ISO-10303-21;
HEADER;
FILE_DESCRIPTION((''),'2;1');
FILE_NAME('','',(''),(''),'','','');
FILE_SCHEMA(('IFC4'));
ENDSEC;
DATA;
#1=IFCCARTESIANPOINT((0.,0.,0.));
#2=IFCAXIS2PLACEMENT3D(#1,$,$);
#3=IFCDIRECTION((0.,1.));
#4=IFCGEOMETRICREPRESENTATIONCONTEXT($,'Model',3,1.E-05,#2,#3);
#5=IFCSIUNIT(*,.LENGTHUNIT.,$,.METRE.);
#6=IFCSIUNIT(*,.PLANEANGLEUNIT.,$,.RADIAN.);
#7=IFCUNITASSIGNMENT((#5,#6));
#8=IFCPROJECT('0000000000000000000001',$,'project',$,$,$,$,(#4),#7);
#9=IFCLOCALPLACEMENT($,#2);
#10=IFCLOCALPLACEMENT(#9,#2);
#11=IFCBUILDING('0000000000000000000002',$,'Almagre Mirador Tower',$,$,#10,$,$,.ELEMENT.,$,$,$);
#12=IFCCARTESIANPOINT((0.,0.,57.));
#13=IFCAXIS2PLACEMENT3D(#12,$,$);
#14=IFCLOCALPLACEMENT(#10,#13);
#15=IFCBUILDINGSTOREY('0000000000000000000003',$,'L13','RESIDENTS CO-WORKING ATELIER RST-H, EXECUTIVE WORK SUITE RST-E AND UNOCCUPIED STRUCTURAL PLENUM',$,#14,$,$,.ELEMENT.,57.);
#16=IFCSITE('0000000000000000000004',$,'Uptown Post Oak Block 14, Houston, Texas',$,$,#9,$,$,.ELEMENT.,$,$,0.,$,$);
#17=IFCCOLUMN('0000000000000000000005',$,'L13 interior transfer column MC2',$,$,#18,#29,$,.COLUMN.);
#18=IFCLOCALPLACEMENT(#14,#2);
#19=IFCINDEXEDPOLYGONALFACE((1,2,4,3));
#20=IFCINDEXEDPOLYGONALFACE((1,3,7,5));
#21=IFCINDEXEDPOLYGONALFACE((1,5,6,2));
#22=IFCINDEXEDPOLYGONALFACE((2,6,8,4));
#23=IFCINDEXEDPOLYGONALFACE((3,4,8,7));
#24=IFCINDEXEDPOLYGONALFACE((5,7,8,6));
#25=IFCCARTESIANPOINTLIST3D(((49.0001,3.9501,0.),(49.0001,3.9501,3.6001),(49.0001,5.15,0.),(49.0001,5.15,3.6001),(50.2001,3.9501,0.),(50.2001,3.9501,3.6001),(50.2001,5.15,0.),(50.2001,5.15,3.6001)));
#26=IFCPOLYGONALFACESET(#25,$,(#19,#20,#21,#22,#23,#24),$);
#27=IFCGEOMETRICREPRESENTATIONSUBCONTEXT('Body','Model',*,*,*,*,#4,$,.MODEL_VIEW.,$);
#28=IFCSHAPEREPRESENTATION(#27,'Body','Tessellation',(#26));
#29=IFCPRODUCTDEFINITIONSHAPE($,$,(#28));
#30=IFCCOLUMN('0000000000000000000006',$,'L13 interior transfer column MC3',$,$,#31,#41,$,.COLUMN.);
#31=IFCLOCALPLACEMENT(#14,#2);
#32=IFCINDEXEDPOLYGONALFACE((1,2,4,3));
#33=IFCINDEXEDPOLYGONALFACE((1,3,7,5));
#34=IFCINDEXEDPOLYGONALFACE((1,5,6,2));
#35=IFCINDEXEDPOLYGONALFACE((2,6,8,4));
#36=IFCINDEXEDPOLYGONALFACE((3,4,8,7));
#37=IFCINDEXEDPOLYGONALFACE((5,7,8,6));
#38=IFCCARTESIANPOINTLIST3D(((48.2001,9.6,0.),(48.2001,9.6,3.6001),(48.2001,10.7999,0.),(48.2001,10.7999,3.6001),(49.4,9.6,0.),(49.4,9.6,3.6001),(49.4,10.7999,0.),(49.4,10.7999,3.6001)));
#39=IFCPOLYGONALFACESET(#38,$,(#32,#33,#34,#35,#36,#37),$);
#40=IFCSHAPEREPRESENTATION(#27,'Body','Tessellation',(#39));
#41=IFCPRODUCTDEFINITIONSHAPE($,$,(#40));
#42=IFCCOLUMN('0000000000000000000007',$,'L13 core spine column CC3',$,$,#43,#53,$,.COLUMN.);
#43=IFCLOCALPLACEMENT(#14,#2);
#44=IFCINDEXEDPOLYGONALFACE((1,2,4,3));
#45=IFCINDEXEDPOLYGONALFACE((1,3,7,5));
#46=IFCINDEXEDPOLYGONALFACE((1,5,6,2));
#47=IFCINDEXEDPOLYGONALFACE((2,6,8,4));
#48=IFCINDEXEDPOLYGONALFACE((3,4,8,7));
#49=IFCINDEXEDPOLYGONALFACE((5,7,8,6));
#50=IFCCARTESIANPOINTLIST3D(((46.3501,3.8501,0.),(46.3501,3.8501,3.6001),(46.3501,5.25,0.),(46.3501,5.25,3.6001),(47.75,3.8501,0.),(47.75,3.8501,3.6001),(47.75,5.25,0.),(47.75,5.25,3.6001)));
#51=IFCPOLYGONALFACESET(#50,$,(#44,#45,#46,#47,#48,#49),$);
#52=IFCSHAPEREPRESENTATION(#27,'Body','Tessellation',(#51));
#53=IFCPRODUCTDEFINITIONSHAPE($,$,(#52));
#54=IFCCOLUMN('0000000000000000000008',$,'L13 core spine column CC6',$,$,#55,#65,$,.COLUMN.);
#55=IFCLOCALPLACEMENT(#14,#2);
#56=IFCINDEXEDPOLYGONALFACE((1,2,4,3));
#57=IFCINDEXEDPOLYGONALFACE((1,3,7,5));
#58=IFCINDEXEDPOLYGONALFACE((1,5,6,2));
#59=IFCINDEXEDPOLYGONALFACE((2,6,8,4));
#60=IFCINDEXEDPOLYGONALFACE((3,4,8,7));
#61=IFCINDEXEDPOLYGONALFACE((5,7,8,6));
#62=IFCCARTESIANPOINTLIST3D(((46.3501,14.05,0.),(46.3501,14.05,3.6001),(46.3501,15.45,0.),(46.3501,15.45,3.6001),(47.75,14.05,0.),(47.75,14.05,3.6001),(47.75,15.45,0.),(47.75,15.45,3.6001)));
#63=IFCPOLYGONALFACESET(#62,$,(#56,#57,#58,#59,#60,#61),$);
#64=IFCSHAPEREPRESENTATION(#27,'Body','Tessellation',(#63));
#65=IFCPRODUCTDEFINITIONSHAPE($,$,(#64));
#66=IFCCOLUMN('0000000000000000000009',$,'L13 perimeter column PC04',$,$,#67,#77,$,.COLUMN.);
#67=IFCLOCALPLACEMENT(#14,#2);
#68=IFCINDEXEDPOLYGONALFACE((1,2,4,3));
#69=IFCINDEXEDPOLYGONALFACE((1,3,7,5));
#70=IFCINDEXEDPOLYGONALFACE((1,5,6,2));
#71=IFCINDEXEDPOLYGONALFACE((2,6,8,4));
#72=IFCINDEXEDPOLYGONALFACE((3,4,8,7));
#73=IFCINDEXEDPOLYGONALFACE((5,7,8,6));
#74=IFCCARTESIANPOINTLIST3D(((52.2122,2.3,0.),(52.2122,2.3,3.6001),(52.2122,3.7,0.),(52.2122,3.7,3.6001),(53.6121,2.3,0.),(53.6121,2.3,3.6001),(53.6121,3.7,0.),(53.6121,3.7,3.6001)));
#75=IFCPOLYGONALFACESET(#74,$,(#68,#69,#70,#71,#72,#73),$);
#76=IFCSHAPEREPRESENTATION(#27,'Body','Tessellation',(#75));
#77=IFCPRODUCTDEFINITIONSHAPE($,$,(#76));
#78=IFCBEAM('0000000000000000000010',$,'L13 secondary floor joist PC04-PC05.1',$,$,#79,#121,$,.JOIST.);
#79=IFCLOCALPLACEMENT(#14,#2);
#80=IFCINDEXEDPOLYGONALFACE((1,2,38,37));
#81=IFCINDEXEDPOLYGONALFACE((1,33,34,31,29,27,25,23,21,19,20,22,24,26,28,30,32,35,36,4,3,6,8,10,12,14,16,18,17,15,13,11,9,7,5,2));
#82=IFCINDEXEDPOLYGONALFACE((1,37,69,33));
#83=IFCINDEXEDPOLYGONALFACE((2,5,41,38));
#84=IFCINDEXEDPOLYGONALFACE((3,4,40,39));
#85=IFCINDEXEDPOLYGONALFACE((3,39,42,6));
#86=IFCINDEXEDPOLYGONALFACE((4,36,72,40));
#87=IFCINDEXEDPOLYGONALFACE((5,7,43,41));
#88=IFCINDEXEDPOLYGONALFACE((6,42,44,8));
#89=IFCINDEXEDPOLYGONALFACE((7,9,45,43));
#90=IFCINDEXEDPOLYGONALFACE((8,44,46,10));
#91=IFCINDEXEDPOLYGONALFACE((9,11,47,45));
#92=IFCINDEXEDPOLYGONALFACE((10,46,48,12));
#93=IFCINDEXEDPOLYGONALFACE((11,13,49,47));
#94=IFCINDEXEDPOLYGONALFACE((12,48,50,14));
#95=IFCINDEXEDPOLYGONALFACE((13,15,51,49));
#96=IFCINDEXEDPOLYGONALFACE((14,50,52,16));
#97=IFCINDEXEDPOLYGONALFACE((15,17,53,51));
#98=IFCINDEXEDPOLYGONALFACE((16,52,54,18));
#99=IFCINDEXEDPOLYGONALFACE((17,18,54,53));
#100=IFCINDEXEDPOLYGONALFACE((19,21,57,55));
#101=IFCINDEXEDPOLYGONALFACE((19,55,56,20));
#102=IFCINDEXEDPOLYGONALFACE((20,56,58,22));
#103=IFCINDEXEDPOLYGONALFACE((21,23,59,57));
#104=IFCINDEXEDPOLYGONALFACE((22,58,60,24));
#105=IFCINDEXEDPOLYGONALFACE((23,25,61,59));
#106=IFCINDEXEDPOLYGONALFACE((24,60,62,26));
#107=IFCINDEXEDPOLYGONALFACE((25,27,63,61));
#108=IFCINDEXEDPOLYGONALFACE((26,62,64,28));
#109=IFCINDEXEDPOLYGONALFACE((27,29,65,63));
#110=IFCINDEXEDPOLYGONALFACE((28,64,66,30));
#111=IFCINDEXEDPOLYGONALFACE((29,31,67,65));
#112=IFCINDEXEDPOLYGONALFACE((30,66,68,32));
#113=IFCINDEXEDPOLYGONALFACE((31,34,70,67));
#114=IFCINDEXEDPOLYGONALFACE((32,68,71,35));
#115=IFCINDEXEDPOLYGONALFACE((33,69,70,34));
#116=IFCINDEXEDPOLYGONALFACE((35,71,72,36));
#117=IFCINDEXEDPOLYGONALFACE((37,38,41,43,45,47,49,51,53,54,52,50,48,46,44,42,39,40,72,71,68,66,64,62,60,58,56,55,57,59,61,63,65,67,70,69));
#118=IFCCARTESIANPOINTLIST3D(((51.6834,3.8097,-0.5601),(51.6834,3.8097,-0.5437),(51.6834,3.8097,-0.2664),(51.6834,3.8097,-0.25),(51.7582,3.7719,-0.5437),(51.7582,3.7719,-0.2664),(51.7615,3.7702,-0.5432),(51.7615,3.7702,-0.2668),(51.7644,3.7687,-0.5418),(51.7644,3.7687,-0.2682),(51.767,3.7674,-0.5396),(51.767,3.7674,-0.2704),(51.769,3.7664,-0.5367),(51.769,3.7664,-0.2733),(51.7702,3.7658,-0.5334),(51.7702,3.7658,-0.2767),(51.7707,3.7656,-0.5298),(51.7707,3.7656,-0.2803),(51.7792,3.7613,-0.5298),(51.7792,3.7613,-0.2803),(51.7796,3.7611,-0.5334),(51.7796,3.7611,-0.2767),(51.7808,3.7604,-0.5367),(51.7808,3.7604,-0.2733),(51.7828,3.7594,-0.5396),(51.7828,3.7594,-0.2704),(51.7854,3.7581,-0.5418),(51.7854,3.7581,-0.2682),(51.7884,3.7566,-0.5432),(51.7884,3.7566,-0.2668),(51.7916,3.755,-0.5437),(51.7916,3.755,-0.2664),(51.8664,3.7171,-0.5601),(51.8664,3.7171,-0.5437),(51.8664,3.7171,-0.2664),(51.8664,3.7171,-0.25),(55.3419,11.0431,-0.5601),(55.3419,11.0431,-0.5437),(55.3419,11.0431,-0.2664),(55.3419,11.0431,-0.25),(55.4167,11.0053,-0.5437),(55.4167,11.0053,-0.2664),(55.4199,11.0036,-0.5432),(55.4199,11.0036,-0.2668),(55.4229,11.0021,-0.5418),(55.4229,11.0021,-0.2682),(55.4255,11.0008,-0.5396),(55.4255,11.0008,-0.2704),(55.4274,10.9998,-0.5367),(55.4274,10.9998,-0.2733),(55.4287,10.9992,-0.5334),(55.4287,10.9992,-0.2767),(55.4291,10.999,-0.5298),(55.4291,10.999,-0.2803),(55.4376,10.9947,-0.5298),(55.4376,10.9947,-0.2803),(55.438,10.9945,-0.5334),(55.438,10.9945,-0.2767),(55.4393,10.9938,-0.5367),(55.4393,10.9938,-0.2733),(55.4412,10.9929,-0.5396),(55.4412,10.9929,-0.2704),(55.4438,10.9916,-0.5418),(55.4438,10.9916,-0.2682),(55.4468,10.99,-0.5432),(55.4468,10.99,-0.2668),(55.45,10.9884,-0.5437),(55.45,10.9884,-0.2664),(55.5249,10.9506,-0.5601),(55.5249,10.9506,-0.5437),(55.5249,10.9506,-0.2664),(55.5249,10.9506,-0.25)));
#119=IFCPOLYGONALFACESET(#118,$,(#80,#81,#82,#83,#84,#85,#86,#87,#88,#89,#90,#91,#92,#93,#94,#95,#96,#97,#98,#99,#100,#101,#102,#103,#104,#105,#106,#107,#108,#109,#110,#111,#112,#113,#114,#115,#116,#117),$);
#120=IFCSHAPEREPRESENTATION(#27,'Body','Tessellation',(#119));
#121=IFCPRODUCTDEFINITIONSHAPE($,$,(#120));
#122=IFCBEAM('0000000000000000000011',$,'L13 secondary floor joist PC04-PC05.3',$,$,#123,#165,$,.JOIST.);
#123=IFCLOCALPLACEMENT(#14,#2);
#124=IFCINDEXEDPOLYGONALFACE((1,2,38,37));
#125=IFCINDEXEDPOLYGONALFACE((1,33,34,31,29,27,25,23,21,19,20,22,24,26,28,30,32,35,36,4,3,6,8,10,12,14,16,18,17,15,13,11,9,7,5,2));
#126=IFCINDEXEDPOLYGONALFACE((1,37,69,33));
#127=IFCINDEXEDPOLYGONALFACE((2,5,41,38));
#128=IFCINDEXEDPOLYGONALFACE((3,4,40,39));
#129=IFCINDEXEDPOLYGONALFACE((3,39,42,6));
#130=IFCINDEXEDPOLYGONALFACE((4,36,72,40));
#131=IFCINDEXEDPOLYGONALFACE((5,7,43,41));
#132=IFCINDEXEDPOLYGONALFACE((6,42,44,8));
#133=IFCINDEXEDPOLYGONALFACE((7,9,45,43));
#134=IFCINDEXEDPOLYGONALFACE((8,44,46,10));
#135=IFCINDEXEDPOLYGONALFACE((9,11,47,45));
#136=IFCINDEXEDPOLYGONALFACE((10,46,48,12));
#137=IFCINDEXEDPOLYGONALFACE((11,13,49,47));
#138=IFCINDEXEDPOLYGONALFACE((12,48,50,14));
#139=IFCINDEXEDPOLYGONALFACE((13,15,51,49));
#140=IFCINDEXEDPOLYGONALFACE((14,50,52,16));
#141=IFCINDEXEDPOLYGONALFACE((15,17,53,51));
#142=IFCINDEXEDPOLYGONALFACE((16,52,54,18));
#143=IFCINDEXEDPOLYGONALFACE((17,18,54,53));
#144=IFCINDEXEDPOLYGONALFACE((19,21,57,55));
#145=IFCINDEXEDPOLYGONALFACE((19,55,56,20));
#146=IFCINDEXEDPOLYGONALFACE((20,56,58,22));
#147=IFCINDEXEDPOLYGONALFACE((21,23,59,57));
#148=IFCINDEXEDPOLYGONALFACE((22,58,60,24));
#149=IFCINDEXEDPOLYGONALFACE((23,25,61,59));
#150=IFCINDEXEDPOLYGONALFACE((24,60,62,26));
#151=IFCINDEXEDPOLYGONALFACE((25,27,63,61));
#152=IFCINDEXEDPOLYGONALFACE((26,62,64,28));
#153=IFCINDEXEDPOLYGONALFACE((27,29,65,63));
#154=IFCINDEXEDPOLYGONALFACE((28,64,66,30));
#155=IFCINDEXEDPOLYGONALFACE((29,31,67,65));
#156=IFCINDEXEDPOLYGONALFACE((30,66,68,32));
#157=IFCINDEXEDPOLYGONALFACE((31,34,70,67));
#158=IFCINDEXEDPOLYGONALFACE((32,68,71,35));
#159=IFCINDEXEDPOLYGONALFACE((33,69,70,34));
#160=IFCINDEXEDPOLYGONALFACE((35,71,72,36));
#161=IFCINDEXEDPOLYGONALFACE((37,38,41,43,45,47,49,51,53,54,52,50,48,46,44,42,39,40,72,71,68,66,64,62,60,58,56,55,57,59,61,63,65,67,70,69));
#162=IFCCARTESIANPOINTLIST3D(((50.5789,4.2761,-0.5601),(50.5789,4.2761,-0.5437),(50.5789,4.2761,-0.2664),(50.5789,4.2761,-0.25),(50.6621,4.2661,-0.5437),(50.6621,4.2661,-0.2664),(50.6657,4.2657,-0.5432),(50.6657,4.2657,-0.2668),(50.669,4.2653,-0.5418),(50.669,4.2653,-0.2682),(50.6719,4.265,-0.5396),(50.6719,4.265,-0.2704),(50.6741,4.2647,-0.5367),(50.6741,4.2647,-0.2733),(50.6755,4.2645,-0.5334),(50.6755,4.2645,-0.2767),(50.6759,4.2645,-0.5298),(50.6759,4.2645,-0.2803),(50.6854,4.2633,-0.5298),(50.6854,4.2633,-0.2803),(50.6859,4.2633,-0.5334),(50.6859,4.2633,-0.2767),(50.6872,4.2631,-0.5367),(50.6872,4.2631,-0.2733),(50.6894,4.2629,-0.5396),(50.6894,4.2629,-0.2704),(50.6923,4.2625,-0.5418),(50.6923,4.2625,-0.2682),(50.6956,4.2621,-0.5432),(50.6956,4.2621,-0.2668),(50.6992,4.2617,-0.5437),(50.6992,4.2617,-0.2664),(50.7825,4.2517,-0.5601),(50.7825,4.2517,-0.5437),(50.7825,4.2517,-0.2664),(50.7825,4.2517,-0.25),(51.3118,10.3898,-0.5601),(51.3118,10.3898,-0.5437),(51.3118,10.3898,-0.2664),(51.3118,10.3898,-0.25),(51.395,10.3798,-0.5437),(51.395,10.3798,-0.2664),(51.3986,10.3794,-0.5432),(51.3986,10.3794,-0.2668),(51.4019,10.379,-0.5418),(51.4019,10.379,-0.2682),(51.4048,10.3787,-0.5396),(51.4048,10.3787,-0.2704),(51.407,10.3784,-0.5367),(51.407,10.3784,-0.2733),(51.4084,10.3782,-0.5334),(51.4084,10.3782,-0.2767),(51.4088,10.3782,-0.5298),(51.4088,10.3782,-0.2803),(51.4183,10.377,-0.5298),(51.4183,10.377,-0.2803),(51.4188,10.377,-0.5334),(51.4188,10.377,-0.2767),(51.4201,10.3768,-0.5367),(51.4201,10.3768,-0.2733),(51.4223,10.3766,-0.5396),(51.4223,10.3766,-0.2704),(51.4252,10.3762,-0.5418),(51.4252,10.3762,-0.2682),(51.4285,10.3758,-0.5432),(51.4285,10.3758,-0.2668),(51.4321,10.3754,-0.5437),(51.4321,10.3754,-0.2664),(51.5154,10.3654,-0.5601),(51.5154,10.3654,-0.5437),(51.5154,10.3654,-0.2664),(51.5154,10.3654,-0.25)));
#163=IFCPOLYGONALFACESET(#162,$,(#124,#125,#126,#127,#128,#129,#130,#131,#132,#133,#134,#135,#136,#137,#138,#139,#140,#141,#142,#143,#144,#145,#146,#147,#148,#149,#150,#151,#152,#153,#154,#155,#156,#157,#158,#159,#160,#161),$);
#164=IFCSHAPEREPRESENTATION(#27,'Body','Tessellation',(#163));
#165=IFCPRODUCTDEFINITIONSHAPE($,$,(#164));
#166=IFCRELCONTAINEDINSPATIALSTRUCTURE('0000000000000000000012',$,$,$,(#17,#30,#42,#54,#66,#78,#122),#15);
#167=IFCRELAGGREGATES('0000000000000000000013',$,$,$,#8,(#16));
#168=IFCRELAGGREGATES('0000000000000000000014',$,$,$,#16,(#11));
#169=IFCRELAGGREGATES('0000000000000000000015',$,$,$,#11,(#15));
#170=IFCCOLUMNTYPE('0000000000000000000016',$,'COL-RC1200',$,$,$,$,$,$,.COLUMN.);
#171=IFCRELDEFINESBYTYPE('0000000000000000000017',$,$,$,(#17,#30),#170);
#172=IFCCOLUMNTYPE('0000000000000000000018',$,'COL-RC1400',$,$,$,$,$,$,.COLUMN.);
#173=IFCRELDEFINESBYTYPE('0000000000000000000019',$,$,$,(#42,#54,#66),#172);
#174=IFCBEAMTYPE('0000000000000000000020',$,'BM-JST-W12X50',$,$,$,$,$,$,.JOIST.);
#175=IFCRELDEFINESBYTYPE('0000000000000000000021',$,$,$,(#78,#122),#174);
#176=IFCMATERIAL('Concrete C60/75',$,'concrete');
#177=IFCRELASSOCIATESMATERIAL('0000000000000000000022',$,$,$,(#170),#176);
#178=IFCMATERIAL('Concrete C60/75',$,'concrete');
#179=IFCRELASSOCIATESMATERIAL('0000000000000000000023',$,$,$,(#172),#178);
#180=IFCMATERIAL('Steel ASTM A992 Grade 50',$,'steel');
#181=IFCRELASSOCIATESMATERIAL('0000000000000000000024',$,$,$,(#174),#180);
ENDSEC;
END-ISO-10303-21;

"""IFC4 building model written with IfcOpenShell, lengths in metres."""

from ifc_helpers import new_model, si_unit, direction, frame, origin, origin_2d, place, context, subcontext, project, spatial, rectangle, i_section, extrude, material, material_profile, profile_set, type_object, element, save


model = new_model("IFC4")

# Units and contexts
model_context = context("Model", 3, precision=1e-05, world=origin(), true_north=direction((0.0, 1.0)))
body_context = subcontext(model_context, "Body", "Model", "MODEL_VIEW")
ifc_project = project(units=[si_unit("LENGTHUNIT", "METRE"), si_unit("PLANEANGLEUNIT", "RADIAN")], contexts=[model_context])

# Site, building, storey
site_placement = place(None, origin())
site = spatial("IfcSite", under=ifc_project, at=site_placement, Name="Uptown Post Oak Block 14, Houston, Texas", CompositionType="ELEMENT", RefElevation=0.0)
building_placement = place(site_placement, origin())
building = spatial("IfcBuilding", under=site, at=building_placement, Name="Almagre Mirador Tower", CompositionType="ELEMENT")
storey_placement = place(building_placement, frame((0.0, 0.0, 57.0)))
storey = spatial("IfcBuildingStorey", under=building, at=storey_placement, Name="L13", Description="RESIDENTS CO-WORKING ATELIER RST-H, EXECUTIVE WORK SUITE RST-E AND UNOCCUPIED STRUCTURAL PLENUM", CompositionType="ELEMENT", Elevation=57.0)

# Columns
ifc_material_1 = material(Name="Concrete C60/75", Category="concrete")
ifc_material_profile_1 = material_profile(ifc_material_1, rectangle(XDim=1.2, YDim=1.2, at=origin_2d()), Name="RC1200X1200")
ifc_profile_set_1 = profile_set([ifc_material_profile_1], Name="Concrete C60/75")
column_type_1 = type_object("IfcColumnType", Name="COL-RC1200", PredefinedType="COLUMN", material=ifc_profile_set_1)
for number, where, z_axis, x_axis, name in (
    (1, (49.6001, 4.55, 0.0), (0.0, 0.0, 1.0), (1.0, 0.0, 0.0), "L13 interior transfer column MC2"),
    (2, (48.8, 10.2, 0.0), (0.0, 0.0, 1.0), (1.0, 0.0, 0.0), "L13 interior transfer column MC3"),
):
    element("IfcColumn", number, at=place(storey_placement, frame(where, z_axis=z_axis, x_axis=x_axis)), inside=storey, type_object=column_type_1, Name=name, PredefinedType="COLUMN", context=body_context, shape_type="SweptSolid", body=[
        extrude(rectangle(XDim=1.2, YDim=1.2, at=origin_2d()), origin(), (0.0, 0.0, 1.0), 3.6001),
    ])
ifc_material_2 = material(Name="Concrete C60/75", Category="concrete")
ifc_material_profile_2 = material_profile(ifc_material_2, rectangle(XDim=1.3999, YDim=1.3999, at=origin_2d()), Name="RC1400X1400")
ifc_profile_set_2 = profile_set([ifc_material_profile_2], Name="Concrete C60/75")
column_type_2 = type_object("IfcColumnType", Name="COL-RC1400", PredefinedType="COLUMN", material=ifc_profile_set_2)
for number, where, z_axis, x_axis, name in (
    (3, (47.05, 4.55, 0.0), (0.0, 0.0, 1.0), (1.0, 0.0, 0.0), "L13 core spine column CC3"),
    (4, (47.05, 14.75, 0.0), (0.0, 0.0, 1.0), (1.0, 0.0, 0.0), "L13 core spine column CC6"),
    (5, (52.9121, 3.0, 0.0), (0.0, 0.0, 1.0), (1.0, 0.0, 0.0), "L13 perimeter column PC04"),
):
    element("IfcColumn", number, at=place(storey_placement, frame(where, z_axis=z_axis, x_axis=x_axis)), inside=storey, type_object=column_type_2, Name=name, PredefinedType="COLUMN", context=body_context, shape_type="SweptSolid", body=[
        extrude(rectangle(XDim=1.3999, YDim=1.3999, at=origin_2d()), origin(), (0.0, 0.0, 1.0), 3.6001),
    ])

# Beams
ifc_material_3 = material(Name="Steel ASTM A992 Grade 50", Category="steel")
ifc_material_profile_3 = material_profile(ifc_material_3, i_section(OverallWidth=0.2051, OverallDepth=0.3101, WebThickness=0.0095, FlangeThickness=0.0164, FilletRadius=0.0139, at=origin_2d()), Name="W12X50")
ifc_profile_set_3 = profile_set([ifc_material_profile_3], Name="Steel ASTM A992 Grade 50")
beam_type_1 = type_object("IfcBeamType", Name="BM-JST-W12X50", PredefinedType="JOIST", material=ifc_profile_set_3)
beam_1_placement = place(storey_placement, frame((51.7749, 3.7634, -0.405), z_axis=(0.451329, 0.892358, 0.0), x_axis=(-0.892358, 0.451329, 0.0)))
element("IfcBeam", 6, at=beam_1_placement, inside=storey, type_object=beam_type_1, Name="L13 secondary floor joist PC04-PC05.1", PredefinedType="JOIST", context=body_context, shape_type="SweptSolid", body=[
    extrude(i_section(OverallWidth=0.2051, OverallDepth=0.3101, WebThickness=0.0095, FlangeThickness=0.0164, FilletRadius=0.0139, at=origin_2d()), origin(), (0.0, 0.0, 1.0), 8.106),
])
beam_2_placement = place(storey_placement, frame((50.6807, 4.2639, -0.405), z_axis=(0.119026, 0.992891, 0.0), x_axis=(-0.992891, 0.119026, 0.0)))
element("IfcBeam", 7, at=beam_2_placement, inside=storey, type_object=beam_type_1, Name="L13 secondary floor joist PC04-PC05.3", PredefinedType="JOIST", context=body_context, shape_type="SweptSolid", body=[
    extrude(i_section(OverallWidth=0.2051, OverallDepth=0.3101, WebThickness=0.0095, FlangeThickness=0.0164, FilletRadius=0.0139, at=origin_2d()), origin(), (0.0, 0.0, 1.0), 6.1575),
])

save(model, "model.ifc")
